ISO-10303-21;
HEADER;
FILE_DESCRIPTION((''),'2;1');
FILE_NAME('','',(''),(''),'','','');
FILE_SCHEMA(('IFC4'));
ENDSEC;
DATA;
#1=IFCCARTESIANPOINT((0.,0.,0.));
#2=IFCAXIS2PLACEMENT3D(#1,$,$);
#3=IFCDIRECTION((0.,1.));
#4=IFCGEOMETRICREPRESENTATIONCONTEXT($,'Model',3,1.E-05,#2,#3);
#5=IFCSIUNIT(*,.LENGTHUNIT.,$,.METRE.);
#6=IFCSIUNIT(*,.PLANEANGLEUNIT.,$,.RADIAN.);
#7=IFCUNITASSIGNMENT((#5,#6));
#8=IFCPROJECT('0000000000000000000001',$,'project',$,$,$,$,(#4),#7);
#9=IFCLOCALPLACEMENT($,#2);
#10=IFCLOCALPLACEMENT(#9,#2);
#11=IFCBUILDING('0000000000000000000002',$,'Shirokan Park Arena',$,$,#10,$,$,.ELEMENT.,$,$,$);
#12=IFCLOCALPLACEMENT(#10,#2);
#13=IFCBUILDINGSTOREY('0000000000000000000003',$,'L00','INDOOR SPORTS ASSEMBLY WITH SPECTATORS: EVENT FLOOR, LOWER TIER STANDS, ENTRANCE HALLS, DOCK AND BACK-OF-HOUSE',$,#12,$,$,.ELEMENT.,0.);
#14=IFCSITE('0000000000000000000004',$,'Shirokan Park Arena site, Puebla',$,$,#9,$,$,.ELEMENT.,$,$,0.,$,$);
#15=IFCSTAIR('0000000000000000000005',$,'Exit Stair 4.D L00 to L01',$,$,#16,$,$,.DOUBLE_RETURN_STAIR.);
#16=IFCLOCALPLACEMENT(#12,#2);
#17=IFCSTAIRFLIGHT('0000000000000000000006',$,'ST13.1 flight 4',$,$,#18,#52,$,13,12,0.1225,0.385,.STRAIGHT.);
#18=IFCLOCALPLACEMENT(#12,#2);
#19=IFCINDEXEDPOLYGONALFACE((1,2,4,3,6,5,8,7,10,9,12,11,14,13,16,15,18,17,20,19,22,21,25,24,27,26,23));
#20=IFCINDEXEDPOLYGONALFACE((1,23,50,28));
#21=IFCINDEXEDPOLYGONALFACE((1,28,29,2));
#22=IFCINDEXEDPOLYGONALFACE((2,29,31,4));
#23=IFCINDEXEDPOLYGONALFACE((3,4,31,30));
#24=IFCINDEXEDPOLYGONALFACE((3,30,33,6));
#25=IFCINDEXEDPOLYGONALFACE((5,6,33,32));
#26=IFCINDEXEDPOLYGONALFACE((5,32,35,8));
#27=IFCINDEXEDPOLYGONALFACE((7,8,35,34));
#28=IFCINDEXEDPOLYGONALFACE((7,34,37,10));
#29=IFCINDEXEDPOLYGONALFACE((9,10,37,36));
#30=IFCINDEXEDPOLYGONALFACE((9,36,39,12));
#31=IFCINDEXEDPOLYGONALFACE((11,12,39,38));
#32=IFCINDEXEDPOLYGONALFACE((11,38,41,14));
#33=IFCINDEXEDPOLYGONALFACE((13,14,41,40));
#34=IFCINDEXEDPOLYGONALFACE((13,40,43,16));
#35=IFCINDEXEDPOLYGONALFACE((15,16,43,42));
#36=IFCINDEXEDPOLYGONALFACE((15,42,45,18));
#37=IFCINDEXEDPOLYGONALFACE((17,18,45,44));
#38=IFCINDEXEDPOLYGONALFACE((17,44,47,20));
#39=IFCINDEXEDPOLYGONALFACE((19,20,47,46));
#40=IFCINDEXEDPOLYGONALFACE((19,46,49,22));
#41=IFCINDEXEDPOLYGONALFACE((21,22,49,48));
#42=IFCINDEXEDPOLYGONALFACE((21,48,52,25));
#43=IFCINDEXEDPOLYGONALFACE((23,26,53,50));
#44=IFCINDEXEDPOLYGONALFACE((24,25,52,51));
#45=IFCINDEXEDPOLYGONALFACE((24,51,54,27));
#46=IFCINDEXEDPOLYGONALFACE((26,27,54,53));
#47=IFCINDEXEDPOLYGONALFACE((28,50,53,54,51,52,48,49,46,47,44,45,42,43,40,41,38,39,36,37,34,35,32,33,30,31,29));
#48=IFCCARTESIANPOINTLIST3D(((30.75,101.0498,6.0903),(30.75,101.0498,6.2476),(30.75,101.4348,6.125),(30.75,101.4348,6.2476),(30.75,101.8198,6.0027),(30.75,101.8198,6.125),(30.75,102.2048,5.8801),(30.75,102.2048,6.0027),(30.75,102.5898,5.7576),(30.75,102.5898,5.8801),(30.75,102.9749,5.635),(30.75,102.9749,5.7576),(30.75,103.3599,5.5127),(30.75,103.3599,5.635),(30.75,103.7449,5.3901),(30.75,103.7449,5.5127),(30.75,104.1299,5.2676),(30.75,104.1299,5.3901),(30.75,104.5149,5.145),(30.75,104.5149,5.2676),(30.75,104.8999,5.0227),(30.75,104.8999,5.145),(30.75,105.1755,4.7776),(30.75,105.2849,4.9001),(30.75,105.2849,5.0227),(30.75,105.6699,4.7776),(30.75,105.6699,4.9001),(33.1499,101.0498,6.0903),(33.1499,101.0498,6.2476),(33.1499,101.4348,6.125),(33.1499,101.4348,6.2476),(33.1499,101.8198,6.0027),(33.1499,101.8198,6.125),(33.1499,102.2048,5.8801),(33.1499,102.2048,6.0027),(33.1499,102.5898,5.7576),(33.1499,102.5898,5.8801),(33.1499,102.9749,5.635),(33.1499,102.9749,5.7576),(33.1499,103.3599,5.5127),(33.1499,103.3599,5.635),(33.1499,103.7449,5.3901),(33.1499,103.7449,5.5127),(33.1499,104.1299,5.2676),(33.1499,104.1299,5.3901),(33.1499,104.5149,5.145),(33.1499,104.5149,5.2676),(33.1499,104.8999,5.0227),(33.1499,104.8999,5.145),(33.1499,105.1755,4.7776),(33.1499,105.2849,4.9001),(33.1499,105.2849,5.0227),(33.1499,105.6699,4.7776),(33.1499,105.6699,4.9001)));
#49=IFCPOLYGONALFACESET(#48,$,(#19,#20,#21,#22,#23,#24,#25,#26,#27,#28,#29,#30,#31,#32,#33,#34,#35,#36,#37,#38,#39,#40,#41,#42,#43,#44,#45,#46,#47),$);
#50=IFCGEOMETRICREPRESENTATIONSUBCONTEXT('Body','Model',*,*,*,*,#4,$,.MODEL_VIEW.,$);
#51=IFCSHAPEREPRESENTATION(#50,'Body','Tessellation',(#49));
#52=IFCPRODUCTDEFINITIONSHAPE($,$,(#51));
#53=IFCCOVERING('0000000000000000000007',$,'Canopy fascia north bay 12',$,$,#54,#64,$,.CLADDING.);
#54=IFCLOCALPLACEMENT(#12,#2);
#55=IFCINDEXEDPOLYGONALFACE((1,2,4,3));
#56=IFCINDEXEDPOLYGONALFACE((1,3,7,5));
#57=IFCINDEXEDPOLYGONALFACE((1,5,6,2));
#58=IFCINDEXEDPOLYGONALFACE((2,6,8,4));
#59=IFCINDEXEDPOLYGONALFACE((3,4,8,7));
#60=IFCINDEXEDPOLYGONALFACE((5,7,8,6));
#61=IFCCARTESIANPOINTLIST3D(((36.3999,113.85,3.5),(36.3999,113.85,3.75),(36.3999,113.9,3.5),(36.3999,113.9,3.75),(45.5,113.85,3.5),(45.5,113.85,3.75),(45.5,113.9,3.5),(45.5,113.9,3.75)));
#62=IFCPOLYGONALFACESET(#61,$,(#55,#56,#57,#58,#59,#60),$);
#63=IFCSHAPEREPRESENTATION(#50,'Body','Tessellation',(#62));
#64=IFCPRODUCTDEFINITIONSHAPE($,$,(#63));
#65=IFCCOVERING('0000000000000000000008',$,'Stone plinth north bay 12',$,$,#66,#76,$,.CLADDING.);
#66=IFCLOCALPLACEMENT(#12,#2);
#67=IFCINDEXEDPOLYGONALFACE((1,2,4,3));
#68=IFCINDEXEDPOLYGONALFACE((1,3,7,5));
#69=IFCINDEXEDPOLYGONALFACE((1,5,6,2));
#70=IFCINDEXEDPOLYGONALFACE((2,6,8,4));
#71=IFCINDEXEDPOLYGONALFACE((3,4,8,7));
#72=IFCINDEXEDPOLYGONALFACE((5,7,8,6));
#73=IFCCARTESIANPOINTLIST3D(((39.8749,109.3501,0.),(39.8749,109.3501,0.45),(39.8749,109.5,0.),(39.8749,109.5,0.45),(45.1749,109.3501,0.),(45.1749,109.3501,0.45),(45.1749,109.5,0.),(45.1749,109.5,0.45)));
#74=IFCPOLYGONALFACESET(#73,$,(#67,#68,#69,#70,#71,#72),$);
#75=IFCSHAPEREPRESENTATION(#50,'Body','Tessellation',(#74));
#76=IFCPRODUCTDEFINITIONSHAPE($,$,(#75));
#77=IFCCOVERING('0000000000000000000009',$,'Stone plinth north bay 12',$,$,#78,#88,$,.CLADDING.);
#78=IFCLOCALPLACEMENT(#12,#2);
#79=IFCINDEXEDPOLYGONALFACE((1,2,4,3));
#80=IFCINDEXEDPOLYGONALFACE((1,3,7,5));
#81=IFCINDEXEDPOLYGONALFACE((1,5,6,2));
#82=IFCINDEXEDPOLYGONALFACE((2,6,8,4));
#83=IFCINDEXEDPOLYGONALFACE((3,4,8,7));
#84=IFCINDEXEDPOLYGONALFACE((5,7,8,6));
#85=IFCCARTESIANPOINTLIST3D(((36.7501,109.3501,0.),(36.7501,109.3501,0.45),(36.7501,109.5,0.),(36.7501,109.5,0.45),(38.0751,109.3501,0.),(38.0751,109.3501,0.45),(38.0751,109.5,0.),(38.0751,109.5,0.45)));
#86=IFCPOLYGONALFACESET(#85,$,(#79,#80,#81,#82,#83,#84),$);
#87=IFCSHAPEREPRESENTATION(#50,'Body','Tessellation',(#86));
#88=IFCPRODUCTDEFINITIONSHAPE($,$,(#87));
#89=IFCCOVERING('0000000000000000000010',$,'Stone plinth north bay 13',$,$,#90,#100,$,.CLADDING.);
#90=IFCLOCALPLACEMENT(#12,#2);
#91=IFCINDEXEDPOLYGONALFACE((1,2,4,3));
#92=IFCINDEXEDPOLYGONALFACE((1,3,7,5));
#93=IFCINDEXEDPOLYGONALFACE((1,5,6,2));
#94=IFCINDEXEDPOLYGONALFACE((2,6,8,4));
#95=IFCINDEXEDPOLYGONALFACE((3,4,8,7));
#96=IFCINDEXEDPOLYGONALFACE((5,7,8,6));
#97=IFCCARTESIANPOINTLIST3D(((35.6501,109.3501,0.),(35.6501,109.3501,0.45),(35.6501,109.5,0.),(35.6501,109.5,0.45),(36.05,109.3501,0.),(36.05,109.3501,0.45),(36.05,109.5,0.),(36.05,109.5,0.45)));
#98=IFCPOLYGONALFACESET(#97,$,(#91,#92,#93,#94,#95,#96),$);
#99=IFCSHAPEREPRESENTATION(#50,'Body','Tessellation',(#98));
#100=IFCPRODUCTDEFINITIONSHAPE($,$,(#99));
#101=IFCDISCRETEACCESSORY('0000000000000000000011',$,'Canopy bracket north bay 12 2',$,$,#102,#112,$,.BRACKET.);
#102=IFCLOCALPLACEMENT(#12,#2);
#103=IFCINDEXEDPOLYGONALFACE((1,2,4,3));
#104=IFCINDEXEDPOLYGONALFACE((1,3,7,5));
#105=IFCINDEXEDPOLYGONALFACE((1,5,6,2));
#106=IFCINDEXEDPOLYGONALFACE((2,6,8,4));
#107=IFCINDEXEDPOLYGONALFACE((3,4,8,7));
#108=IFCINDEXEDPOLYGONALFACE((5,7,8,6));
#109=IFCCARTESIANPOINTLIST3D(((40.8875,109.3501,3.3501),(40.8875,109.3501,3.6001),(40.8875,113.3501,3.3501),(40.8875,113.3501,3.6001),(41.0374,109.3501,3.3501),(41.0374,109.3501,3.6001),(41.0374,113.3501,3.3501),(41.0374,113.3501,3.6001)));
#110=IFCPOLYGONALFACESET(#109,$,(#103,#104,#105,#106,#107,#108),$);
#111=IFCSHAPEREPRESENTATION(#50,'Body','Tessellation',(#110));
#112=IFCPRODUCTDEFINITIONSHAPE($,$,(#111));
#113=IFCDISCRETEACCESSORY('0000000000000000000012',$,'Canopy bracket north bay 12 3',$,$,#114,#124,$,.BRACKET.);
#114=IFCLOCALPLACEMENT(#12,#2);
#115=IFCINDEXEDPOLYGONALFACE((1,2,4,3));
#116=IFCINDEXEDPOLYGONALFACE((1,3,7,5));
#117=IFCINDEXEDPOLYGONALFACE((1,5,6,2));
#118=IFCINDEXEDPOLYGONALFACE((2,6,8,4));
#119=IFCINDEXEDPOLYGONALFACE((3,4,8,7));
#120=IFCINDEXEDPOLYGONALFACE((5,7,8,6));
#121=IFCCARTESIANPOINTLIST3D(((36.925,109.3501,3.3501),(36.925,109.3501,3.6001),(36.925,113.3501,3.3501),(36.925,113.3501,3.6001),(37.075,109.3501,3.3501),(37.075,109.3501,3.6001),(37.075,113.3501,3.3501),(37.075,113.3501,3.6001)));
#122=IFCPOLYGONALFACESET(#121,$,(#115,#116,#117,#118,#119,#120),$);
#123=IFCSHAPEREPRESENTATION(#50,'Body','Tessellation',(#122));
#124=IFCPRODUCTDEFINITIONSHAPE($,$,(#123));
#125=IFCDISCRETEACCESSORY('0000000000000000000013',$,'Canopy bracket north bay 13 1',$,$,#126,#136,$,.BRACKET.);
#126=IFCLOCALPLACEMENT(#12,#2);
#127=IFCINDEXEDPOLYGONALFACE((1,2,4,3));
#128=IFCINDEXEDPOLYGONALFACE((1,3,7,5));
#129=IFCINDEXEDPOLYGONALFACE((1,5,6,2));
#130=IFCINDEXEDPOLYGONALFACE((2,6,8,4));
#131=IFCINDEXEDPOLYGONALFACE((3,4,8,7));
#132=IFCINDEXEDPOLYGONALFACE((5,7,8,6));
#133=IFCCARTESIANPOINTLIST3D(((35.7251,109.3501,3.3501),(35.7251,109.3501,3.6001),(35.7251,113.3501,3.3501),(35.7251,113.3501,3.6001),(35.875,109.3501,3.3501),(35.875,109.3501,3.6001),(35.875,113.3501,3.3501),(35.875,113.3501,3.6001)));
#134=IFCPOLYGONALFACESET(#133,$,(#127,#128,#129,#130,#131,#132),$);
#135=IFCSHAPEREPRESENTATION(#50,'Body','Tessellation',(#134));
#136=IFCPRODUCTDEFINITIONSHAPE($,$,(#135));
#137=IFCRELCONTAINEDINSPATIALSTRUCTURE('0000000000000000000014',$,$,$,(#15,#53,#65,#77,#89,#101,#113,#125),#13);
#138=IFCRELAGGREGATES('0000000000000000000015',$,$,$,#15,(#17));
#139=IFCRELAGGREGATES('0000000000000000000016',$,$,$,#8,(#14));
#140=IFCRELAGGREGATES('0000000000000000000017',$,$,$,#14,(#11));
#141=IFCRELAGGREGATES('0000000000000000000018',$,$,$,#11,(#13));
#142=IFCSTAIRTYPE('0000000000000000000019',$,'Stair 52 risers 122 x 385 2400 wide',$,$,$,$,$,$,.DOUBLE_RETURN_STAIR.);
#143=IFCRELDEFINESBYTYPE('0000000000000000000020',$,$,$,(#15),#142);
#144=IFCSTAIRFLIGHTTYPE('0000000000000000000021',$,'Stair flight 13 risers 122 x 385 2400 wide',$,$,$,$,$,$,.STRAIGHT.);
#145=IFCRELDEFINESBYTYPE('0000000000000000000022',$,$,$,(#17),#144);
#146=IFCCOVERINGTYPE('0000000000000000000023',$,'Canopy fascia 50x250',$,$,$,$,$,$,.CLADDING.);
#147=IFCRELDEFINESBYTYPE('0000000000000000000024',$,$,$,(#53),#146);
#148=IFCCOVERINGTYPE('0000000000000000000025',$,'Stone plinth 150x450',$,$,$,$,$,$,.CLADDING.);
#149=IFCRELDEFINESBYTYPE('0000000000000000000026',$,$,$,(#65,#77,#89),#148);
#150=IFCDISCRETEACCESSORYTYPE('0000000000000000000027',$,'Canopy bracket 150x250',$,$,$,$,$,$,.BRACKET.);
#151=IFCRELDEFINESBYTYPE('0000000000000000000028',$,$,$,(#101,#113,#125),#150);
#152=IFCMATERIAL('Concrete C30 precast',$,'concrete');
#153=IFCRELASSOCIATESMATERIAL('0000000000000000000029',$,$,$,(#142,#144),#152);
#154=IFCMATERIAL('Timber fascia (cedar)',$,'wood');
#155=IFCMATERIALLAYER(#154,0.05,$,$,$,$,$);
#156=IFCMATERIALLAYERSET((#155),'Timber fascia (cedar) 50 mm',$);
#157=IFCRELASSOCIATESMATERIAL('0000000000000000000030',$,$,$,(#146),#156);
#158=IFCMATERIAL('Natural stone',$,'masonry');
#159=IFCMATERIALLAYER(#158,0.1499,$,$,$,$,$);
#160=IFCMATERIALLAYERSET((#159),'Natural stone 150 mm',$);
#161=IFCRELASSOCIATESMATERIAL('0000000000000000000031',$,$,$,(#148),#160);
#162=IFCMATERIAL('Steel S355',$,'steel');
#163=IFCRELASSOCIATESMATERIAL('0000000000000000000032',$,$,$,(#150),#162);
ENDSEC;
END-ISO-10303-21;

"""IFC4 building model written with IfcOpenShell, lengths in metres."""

from ifc_helpers import new_model, si_unit, direction, frame, origin, origin_2d, place, context, subcontext, project, spatial, polyline, rectangle, outline, extrude, material, layer, layer_set, type_object, element, aggregate, save


model = new_model("IFC4")

# Units and contexts
model_context = context("Model", 3, precision=1e-05, world=origin(), true_north=direction((0.0, 1.0)))
body_context = subcontext(model_context, "Body", "Model", "MODEL_VIEW")
ifc_project = project(units=[si_unit("LENGTHUNIT", "METRE"), si_unit("PLANEANGLEUNIT", "RADIAN")], contexts=[model_context])

# Site, building, storey
site_placement = place(None, origin())
site = spatial("IfcSite", under=ifc_project, at=site_placement, Name="Shirokan Park Arena site, Puebla", CompositionType="ELEMENT", RefElevation=0.0)
building_placement = place(site_placement, origin())
building = spatial("IfcBuilding", under=site, at=building_placement, Name="Shirokan Park Arena", CompositionType="ELEMENT")
storey_placement = place(building_placement, origin())
storey = spatial("IfcBuildingStorey", under=building, at=storey_placement, Name="L00", Description="INDOOR SPORTS ASSEMBLY WITH SPECTATORS: EVENT FLOOR, LOWER TIER STANDS, ENTRANCE HALLS, DOCK AND BACK-OF-HOUSE", CompositionType="ELEMENT", Elevation=0.0)

# Shared definitions
ifc_material_1 = material(Name="Steel S355", Category="steel")

# Stair, stair flight
ifc_material_2 = material(Name="Concrete C30 precast", Category="concrete")
stair_type = type_object("IfcStairType", Name="Stair 52 risers 122 x 385 2400 wide", PredefinedType="DOUBLE_RETURN_STAIR", material=ifc_material_2)
stair_placement = place(storey_placement, origin())
stair = element("IfcStair", 1, at=stair_placement, inside=storey, type_object=stair_type, Name="Exit Stair 4.D L00 to L01", PredefinedType="DOUBLE_RETURN_STAIR")
stair_flight_type = type_object("IfcStairFlightType", Name="Stair flight 13 risers 122 x 385 2400 wide", PredefinedType="STRAIGHT", material=ifc_material_2)
stair_flight_placement = place(storey_placement, frame((31.95, 105.6699, 4.7776), z_axis=(0.0, 0.0, 1.0), x_axis=(0.0, -1.0, 0.0)))
stair_flight = element("IfcStairFlight", 2, at=stair_flight_placement, type_object=stair_flight_type, Name="ST13.1 flight 4", NumberOfRisers=13, NumberOfTreads=12, PredefinedType="STRAIGHT", RiserHeight=0.1225, TreadLength=0.385, context=body_context, shape_type="SweptSolid", body=[
    extrude(outline(polyline([(0.0, 0.0), (0.0, 0.1226), (0.385, 0.1226), (0.385, 0.2451), (0.77, 0.2451), (0.77, 0.3674), (1.155, 0.3674), (1.155, 0.49), (1.54, 0.49), (1.54, 0.6125), (1.925, 0.6125), (1.925, 0.7351), (2.3101, 0.7351), (2.3101, 0.8574), (2.6951, 0.8574), (2.6951, 0.98), (3.0801, 0.98), (3.0801, 1.1025), (3.4651, 1.1025), (3.4651, 1.2251), (3.8501, 1.2251), (3.8501, 1.3474), (4.2351, 1.3474), (4.2351, 1.47), (4.6201, 1.47), (4.6201, 1.5925), (4.6201, 1.3127), (0.4944, 0.0), (0.0, 0.0)])), frame((0.0, 1.2, 0.0), z_axis=(0.0, -1.0, 0.0), x_axis=(1.0, 0.0, 0.0)), (0.0, 0.0, 1.0), 2.3999),
])
aggregate(stair, [stair_flight])

# Covering
ifc_material_3 = material(Name="Timber fascia (cedar)", Category="wood")
ifc_layer_1 = layer(ifc_material_3, 0.05)
ifc_layer_set_1 = layer_set([ifc_layer_1], Name="Timber fascia (cedar) 50 mm")
covering_type_1 = type_object("IfcCoveringType", Name="Canopy fascia 50x250", PredefinedType="CLADDING", material=ifc_layer_set_1)
covering_1_placement = place(storey_placement, frame((40.95, 113.875, 3.5), z_axis=(0.0, 0.0, 1.0), x_axis=(-1.0, 0.0, 0.0)))
element("IfcCovering", 3, at=covering_1_placement, inside=storey, type_object=covering_type_1, Name="Canopy fascia north bay 12", PredefinedType="CLADDING", context=body_context, shape_type="SweptSolid", body=[
    extrude(rectangle(XDim=9.1001, YDim=0.05, at=origin_2d()), origin(), (0.0, 0.0, 1.0), 0.25),
])

# Coverings
ifc_material_4 = material(Name="Natural stone", Category="masonry")
ifc_layer_2 = layer(ifc_material_4, 0.1499)
ifc_layer_set_2 = layer_set([ifc_layer_2], Name="Natural stone 150 mm")
covering_type_2 = type_object("IfcCoveringType", Name="Stone plinth 150x450", PredefinedType="CLADDING", material=ifc_layer_set_2)
covering_2_placement = place(storey_placement, frame((42.5249, 109.425, 0.0), z_axis=(0.0, 0.0, 1.0), x_axis=(-1.0, 0.0, 0.0)))
element("IfcCovering", 4, at=covering_2_placement, inside=storey, type_object=covering_type_2, Name="Stone plinth north bay 12", PredefinedType="CLADDING", context=body_context, shape_type="SweptSolid", body=[
    extrude(rectangle(XDim=5.3, YDim=0.1499, at=origin_2d()), origin(), (0.0, 0.0, 1.0), 0.45),
])
covering_3_placement = place(storey_placement, frame((37.4126, 109.425, 0.0), z_axis=(0.0, 0.0, 1.0), x_axis=(-1.0, 0.0, 0.0)))
element("IfcCovering", 5, at=covering_3_placement, inside=storey, type_object=covering_type_2, Name="Stone plinth north bay 12", PredefinedType="CLADDING", context=body_context, shape_type="SweptSolid", body=[
    extrude(rectangle(XDim=1.325, YDim=0.1499, at=origin_2d()), origin(), (0.0, 0.0, 1.0), 0.45),
])
covering_4_placement = place(storey_placement, frame((35.8501, 109.425, 0.0), z_axis=(0.0, 0.0, 1.0), x_axis=(-1.0, 0.0, 0.0)))
element("IfcCovering", 6, at=covering_4_placement, inside=storey, type_object=covering_type_2, Name="Stone plinth north bay 13", PredefinedType="CLADDING", context=body_context, shape_type="SweptSolid", body=[
    extrude(rectangle(XDim=0.3999, YDim=0.1499, at=origin_2d()), origin(), (0.0, 0.0, 1.0), 0.45),
])

# Discrete accessories
discrete_accessory_type = type_object("IfcDiscreteAccessoryType", Name="Canopy bracket 150x250", PredefinedType="BRACKET", material=ifc_material_1)
for number, where, z_axis, x_axis, name in (
    (7, (40.9624, 111.3501, 3.3501), (0.0, 0.0, 1.0), (-1.0, 0.0, 0.0), "Canopy bracket north bay 12 2"),
    (8, (37.0, 111.3501, 3.3501), (0.0, 0.0, 1.0), (-1.0, 0.0, 0.0), "Canopy bracket north bay 12 3"),
    (9, (35.8, 111.3501, 3.3501), (0.0, 0.0, 1.0), (-1.0, 0.0, 0.0), "Canopy bracket north bay 13 1"),
):
    element("IfcDiscreteAccessory", number, at=place(storey_placement, frame(where, z_axis=z_axis, x_axis=x_axis)), inside=storey, type_object=discrete_accessory_type, Name=name, PredefinedType="BRACKET", context=body_context, shape_type="SweptSolid", body=[
        extrude(rectangle(XDim=0.1499, YDim=4.0, at=origin_2d()), origin(), (0.0, 0.0, 1.0), 0.25),
    ])

save(model, "model.ifc")
